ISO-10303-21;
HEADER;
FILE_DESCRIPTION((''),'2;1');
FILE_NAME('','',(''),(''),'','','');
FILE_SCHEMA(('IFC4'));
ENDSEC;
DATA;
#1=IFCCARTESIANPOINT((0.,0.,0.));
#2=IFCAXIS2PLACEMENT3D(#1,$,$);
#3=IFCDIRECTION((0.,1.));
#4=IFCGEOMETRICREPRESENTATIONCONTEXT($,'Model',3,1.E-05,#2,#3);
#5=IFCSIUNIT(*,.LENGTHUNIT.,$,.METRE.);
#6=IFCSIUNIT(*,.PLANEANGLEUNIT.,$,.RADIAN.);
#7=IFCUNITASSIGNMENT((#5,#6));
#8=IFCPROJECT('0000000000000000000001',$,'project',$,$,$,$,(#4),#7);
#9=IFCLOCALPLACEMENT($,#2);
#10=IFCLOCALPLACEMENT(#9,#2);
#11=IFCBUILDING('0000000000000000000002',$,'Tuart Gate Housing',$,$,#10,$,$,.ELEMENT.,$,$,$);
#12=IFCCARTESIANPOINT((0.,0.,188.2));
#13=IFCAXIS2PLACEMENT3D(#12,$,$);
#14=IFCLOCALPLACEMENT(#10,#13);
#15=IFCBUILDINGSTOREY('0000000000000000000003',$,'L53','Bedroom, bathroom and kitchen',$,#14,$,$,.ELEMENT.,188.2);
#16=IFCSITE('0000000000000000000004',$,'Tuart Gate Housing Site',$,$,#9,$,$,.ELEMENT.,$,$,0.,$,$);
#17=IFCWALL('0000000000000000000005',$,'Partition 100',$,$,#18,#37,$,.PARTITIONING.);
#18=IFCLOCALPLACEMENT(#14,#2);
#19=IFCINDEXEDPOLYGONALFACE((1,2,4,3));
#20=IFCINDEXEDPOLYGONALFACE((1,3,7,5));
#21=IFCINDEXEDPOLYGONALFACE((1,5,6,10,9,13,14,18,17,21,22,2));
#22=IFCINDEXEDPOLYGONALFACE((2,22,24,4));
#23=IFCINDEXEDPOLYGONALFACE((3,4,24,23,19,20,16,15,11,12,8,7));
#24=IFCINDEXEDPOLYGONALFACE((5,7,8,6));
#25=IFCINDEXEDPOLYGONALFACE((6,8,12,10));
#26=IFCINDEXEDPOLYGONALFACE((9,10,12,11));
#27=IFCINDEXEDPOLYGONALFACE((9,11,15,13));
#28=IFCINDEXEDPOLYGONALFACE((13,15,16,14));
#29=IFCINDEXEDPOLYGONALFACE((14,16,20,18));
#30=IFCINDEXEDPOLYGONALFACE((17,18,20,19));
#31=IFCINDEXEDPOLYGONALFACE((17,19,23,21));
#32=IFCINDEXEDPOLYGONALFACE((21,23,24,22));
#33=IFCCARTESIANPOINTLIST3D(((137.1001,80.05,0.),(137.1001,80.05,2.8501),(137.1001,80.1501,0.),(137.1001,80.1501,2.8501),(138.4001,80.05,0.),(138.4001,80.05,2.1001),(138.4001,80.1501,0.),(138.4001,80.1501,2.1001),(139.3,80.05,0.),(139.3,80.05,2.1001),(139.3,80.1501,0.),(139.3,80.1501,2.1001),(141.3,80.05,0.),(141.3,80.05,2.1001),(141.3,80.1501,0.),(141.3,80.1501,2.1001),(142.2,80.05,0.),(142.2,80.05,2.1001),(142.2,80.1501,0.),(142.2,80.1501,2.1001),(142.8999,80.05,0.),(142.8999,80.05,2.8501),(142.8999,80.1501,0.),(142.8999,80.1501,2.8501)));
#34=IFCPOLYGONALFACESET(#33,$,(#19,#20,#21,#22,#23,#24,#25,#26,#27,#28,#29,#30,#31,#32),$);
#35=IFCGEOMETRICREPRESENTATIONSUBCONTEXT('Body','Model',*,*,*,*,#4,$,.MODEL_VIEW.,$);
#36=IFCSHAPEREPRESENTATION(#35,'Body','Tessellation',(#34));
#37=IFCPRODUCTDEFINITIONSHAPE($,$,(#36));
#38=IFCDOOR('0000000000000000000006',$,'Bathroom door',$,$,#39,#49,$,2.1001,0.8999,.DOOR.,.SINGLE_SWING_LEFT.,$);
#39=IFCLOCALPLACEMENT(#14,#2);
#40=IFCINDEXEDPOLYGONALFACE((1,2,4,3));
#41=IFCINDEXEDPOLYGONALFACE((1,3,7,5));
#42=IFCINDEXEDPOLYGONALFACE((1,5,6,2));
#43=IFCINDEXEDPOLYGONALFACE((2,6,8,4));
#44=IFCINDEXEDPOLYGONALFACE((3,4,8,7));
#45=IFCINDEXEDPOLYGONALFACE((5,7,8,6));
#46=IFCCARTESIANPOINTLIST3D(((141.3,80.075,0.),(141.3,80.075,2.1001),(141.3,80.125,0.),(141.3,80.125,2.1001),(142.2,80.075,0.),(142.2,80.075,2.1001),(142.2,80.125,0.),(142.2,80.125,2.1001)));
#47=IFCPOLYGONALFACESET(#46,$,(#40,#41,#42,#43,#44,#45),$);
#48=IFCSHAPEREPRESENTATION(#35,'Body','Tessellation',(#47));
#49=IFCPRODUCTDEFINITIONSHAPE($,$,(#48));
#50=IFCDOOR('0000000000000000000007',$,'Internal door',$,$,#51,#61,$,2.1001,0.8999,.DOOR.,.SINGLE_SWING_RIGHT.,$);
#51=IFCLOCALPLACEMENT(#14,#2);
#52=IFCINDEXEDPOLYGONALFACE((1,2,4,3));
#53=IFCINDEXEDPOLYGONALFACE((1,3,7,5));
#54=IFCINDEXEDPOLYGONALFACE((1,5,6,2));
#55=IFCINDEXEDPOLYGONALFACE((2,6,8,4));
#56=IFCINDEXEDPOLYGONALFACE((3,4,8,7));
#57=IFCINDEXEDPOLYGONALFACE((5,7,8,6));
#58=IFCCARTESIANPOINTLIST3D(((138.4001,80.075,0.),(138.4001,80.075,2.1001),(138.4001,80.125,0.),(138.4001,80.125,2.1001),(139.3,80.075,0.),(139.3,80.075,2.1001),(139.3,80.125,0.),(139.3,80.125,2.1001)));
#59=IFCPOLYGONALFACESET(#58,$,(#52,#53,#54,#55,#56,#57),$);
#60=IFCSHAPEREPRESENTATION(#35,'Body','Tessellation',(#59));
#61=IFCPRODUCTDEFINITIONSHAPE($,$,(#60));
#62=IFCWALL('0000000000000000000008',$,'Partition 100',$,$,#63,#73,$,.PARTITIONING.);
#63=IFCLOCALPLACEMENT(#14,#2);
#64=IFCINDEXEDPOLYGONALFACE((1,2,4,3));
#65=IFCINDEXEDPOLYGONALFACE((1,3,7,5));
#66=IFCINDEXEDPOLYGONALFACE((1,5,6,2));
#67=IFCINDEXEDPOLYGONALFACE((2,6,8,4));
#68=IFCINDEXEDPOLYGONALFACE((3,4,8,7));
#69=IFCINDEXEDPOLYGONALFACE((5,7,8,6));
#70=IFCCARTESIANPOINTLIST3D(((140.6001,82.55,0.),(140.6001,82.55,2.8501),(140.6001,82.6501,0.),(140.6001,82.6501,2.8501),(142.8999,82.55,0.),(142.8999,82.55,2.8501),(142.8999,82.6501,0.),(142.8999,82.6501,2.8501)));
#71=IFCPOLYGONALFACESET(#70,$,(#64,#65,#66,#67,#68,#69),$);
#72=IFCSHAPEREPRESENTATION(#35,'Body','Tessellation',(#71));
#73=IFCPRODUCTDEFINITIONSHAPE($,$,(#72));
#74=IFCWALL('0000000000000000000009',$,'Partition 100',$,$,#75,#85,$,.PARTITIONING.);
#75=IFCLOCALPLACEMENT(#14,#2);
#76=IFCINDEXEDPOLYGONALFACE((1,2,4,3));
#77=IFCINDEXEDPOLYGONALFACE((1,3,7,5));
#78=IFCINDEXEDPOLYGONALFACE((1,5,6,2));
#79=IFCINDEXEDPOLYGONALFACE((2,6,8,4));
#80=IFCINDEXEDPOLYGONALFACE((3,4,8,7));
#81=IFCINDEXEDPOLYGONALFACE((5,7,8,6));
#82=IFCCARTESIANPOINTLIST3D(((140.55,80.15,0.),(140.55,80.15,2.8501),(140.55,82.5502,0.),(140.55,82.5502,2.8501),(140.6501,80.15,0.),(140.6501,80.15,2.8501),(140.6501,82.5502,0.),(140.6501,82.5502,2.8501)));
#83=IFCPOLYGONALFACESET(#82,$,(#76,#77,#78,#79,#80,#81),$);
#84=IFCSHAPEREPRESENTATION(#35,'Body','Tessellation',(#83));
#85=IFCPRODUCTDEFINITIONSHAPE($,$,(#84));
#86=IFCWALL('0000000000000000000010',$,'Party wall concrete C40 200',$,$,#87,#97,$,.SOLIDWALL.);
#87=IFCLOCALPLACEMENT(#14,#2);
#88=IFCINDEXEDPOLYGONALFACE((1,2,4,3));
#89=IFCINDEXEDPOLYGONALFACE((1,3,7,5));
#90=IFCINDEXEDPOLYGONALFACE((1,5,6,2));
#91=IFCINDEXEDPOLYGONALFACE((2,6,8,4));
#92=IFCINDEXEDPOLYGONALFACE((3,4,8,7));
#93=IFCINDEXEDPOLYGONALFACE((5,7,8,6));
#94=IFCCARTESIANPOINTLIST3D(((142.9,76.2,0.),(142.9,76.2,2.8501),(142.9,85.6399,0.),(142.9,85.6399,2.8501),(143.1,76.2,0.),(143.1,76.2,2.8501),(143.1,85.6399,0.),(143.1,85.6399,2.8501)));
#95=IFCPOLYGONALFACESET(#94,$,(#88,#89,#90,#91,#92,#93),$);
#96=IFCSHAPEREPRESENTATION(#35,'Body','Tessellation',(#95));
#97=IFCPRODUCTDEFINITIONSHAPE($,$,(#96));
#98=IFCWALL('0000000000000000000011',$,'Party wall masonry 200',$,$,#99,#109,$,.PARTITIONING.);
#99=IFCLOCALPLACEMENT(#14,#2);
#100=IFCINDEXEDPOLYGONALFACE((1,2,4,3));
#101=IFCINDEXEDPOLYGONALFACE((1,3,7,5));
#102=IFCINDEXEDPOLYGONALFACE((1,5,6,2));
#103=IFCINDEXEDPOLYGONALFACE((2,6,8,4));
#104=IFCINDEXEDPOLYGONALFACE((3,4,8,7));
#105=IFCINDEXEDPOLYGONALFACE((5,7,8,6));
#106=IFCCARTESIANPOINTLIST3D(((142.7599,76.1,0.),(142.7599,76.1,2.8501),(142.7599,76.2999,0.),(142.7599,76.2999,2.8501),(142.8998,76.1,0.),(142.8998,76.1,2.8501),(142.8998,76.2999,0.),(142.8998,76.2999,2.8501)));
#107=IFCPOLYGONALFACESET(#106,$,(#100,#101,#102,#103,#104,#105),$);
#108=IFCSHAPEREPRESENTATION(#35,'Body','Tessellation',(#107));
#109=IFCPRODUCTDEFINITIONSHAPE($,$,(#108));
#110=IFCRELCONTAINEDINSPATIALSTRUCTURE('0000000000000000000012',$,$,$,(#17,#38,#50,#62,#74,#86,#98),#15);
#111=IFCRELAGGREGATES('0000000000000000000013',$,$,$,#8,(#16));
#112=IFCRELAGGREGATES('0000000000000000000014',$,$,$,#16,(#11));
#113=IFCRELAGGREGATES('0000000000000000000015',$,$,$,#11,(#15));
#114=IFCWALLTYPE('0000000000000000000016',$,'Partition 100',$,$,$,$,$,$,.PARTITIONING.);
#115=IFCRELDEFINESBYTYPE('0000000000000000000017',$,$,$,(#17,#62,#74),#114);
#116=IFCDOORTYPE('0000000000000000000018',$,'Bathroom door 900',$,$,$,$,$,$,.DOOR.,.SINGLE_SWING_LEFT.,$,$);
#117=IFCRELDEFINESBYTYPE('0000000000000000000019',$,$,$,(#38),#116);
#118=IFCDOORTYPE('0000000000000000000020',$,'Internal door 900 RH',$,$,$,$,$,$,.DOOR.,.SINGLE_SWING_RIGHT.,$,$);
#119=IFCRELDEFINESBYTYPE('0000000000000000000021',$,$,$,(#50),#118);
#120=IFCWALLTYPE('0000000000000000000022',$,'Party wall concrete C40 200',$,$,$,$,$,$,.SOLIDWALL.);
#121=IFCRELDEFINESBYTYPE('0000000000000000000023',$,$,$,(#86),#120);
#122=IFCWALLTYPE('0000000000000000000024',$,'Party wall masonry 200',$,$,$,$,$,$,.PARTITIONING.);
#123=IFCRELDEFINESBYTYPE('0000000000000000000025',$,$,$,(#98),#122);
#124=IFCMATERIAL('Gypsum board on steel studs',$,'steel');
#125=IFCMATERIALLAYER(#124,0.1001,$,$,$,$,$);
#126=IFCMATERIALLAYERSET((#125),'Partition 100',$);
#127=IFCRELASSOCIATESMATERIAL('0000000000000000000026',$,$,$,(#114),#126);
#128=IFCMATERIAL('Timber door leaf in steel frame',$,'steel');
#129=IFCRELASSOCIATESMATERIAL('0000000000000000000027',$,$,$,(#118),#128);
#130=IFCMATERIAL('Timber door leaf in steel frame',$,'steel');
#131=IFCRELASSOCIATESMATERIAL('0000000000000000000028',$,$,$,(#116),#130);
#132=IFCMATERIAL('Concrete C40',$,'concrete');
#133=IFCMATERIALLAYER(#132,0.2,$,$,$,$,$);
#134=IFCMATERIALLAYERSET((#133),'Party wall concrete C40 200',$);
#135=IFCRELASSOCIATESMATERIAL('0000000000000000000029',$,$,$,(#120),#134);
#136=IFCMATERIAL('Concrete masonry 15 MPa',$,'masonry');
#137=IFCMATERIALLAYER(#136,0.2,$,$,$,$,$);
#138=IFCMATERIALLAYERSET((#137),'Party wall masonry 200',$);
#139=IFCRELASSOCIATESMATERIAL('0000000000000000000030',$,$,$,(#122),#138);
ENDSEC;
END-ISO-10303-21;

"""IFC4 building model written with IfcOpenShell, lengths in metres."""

from ifc_helpers import new_model, si_unit, direction, frame, frame_2d, origin, place, context, subcontext, project, spatial, rectangle, extrude, material, layer, layer_set, type_object, element, fill, save


model = new_model("IFC4")

# Units and contexts
model_context = context("Model", 3, precision=1e-05, world=origin(), true_north=direction((0.0, 1.0)))
body_context = subcontext(model_context, "Body", "Model", "MODEL_VIEW")
ifc_project = project(units=[si_unit("LENGTHUNIT", "METRE"), si_unit("PLANEANGLEUNIT", "RADIAN")], contexts=[model_context])

# Site, building, storey
site_placement = place(None, origin())
site = spatial("IfcSite", under=ifc_project, at=site_placement, Name="Tuart Gate Housing Site", CompositionType="ELEMENT", RefElevation=0.0)
building_placement = place(site_placement, origin())
building = spatial("IfcBuilding", under=site, at=building_placement, Name="Tuart Gate Housing", CompositionType="ELEMENT")
storey_placement = place(building_placement, frame((0.0, 0.0, 188.2)))
storey = spatial("IfcBuildingStorey", under=building, at=storey_placement, Name="L53", Description="Bedroom, bathroom and kitchen", CompositionType="ELEMENT", Elevation=188.2)

# Shared definitions
ifc_material_1 = material(Name="Gypsum board on steel studs", Category="steel")
ifc_layer_1 = layer(ifc_material_1, 0.1001)
ifc_layer_set_1 = layer_set([ifc_layer_1], Name="Partition 100")
wall_type_1 = type_object("IfcWallType", Name="Partition 100", PredefinedType="PARTITIONING", material=ifc_layer_set_1)

# Shared definitions
ifc_material_2 = material(Name="Timber door leaf in steel frame", Category="steel")
door_type_1 = type_object("IfcDoorType", Name="Internal door 900 RH", OperationType="SINGLE_SWING_RIGHT", PredefinedType="DOOR", material=ifc_material_2)

# Wall, openings, doors
wall_1_placement = place(storey_placement, frame((137.1001, 80.1001, 0.0), z_axis=(0.0, 0.0, 1.0), x_axis=(1.0, 0.0, 0.0)))
wall_1 = element("IfcWall", 1, at=wall_1_placement, inside=storey, type_object=wall_type_1, Name="Partition 100", PredefinedType="PARTITIONING", context=body_context, shape_type="SweptSolid", body=[
    extrude(rectangle(XDim=5.7998, YDim=0.1001, at=frame_2d((2.8999, 0.0))), origin(), (0.0, 0.0, 1.0), 2.8501),
])
opening_1_placement = place(wall_1_placement, frame((1.3, 0.0, 0.0)))
opening_1 = element("IfcOpeningElement", 2, at=opening_1_placement, cuts=wall_1, PredefinedType="OPENING", context=body_context, shape_type="SweptSolid", body=[
    extrude(rectangle(XDim=0.8999, YDim=2.1001, at=frame_2d((0.45, 1.05))), frame((0.0, 0.0601, 0.0), z_axis=(0.0, -1.0, 0.0), x_axis=(1.0, 0.0, 0.0)), (0.0, 0.0, 1.0), 0.1201),
])
opening_2_placement = place(wall_1_placement, frame((4.2, 0.0, 0.0)))
opening_2 = element("IfcOpeningElement", 3, at=opening_2_placement, cuts=wall_1, PredefinedType="OPENING", context=body_context, shape_type="SweptSolid", body=[
    extrude(rectangle(XDim=0.8999, YDim=2.1001, at=frame_2d((0.45, 1.05))), frame((0.0, 0.0601, 0.0), z_axis=(0.0, -1.0, 0.0), x_axis=(1.0, 0.0, 0.0)), (0.0, 0.0, 1.0), 0.1201),
])
ifc_material_3 = material(Name="Timber door leaf in steel frame", Category="steel")
door_type_2 = type_object("IfcDoorType", Name="Bathroom door 900", OperationType="SINGLE_SWING_LEFT", PredefinedType="DOOR", material=ifc_material_3)
door_1_placement = place(opening_2_placement, origin())
door_1 = element("IfcDoor", 4, at=door_1_placement, inside=storey, type_object=door_type_2, Name="Bathroom door", OperationType="SINGLE_SWING_LEFT", OverallHeight=2.1001, OverallWidth=0.8999, PredefinedType="DOOR", context=body_context, shape_type="SweptSolid", body=[
    extrude(rectangle(XDim=0.8999, YDim=2.1001, at=frame_2d((0.45, 1.05))), frame((0.0, 0.0249, 0.0), z_axis=(0.0, -1.0, 0.0), x_axis=(1.0, 0.0, 0.0)), (0.0, 0.0, 1.0), 0.05),
])
fill(opening_2, door_1)
door_2_placement = place(opening_1_placement, origin())
door_2 = element("IfcDoor", 5, at=door_2_placement, inside=storey, type_object=door_type_1, Name="Internal door", OperationType="SINGLE_SWING_RIGHT", OverallHeight=2.1001, OverallWidth=0.8999, PredefinedType="DOOR", context=body_context, shape_type="SweptSolid", body=[
    extrude(rectangle(XDim=0.8999, YDim=2.1001, at=frame_2d((0.45, 1.05))), frame((0.0, 0.0249, 0.0), z_axis=(0.0, -1.0, 0.0), x_axis=(1.0, 0.0, 0.0)), (0.0, 0.0, 1.0), 0.05),
])
fill(opening_1, door_2)

# Walls
wall_2_placement = place(storey_placement, frame((140.6001, 82.6001, 0.0), z_axis=(0.0, 0.0, 1.0), x_axis=(1.0, 0.0, 0.0)))
element("IfcWall", 6, at=wall_2_placement, inside=storey, type_object=wall_type_1, Name="Partition 100", PredefinedType="PARTITIONING", context=body_context, shape_type="SweptSolid", body=[
    extrude(rectangle(XDim=2.2998, YDim=0.1001, at=frame_2d((1.1499, 0.0))), origin(), (0.0, 0.0, 1.0), 2.8501),
])
wall_3_placement = place(storey_placement, frame((140.6001, 80.1499, 0.0), z_axis=(0.0, 0.0, 1.0), x_axis=(0.0, 1.0, 0.0)))
element("IfcWall", 7, at=wall_3_placement, inside=storey, type_object=wall_type_1, Name="Partition 100", PredefinedType="PARTITIONING", context=body_context, shape_type="SweptSolid", body=[
    extrude(rectangle(XDim=2.4001, YDim=0.1001, at=frame_2d((1.2002, 0.0))), origin(), (0.0, 0.0, 1.0), 2.8501),
])
ifc_material_4 = material(Name="Concrete C40", Category="concrete")
ifc_layer_2 = layer(ifc_material_4, 0.2)
ifc_layer_set_2 = layer_set([ifc_layer_2], Name="Party wall concrete C40 200")
wall_type_2 = type_object("IfcWallType", Name="Party wall concrete C40 200", PredefinedType="SOLIDWALL", material=ifc_layer_set_2)
wall_4_placement = place(storey_placement, frame((143.0, 76.2, 0.0), z_axis=(0.0, 0.0, 1.0), x_axis=(0.0, 1.0, 0.0)))
element("IfcWall", 8, at=wall_4_placement, inside=storey, type_object=wall_type_2, Name="Party wall concrete C40 200", PredefinedType="SOLIDWALL", context=body_context, shape_type="SweptSolid", body=[
    extrude(rectangle(XDim=9.4399, YDim=0.2, at=frame_2d((4.72, 0.0))), origin(), (0.0, 0.0, 1.0), 2.8501),
])
ifc_material_5 = material(Name="Concrete masonry 15 MPa", Category="masonry")
ifc_layer_3 = layer(ifc_material_5, 0.2)
ifc_layer_set_3 = layer_set([ifc_layer_3], Name="Party wall masonry 200")
wall_type_3 = type_object("IfcWallType", Name="Party wall masonry 200", PredefinedType="PARTITIONING", material=ifc_layer_set_3)
wall_5_placement = place(storey_placement, frame((142.76, 76.2, 0.0), z_axis=(0.0, 0.0, 1.0), x_axis=(1.0, 0.0, 0.0)))
element("IfcWall", 9, at=wall_5_placement, inside=storey, type_object=wall_type_3, Name="Party wall masonry 200", PredefinedType="PARTITIONING", context=body_context, shape_type="SweptSolid", body=[
    extrude(rectangle(XDim=0.1399, YDim=0.2, at=frame_2d((0.0698, 0.0))), origin(), (0.0, 0.0, 1.0), 2.8501),
])

save(model, "model.ifc")
